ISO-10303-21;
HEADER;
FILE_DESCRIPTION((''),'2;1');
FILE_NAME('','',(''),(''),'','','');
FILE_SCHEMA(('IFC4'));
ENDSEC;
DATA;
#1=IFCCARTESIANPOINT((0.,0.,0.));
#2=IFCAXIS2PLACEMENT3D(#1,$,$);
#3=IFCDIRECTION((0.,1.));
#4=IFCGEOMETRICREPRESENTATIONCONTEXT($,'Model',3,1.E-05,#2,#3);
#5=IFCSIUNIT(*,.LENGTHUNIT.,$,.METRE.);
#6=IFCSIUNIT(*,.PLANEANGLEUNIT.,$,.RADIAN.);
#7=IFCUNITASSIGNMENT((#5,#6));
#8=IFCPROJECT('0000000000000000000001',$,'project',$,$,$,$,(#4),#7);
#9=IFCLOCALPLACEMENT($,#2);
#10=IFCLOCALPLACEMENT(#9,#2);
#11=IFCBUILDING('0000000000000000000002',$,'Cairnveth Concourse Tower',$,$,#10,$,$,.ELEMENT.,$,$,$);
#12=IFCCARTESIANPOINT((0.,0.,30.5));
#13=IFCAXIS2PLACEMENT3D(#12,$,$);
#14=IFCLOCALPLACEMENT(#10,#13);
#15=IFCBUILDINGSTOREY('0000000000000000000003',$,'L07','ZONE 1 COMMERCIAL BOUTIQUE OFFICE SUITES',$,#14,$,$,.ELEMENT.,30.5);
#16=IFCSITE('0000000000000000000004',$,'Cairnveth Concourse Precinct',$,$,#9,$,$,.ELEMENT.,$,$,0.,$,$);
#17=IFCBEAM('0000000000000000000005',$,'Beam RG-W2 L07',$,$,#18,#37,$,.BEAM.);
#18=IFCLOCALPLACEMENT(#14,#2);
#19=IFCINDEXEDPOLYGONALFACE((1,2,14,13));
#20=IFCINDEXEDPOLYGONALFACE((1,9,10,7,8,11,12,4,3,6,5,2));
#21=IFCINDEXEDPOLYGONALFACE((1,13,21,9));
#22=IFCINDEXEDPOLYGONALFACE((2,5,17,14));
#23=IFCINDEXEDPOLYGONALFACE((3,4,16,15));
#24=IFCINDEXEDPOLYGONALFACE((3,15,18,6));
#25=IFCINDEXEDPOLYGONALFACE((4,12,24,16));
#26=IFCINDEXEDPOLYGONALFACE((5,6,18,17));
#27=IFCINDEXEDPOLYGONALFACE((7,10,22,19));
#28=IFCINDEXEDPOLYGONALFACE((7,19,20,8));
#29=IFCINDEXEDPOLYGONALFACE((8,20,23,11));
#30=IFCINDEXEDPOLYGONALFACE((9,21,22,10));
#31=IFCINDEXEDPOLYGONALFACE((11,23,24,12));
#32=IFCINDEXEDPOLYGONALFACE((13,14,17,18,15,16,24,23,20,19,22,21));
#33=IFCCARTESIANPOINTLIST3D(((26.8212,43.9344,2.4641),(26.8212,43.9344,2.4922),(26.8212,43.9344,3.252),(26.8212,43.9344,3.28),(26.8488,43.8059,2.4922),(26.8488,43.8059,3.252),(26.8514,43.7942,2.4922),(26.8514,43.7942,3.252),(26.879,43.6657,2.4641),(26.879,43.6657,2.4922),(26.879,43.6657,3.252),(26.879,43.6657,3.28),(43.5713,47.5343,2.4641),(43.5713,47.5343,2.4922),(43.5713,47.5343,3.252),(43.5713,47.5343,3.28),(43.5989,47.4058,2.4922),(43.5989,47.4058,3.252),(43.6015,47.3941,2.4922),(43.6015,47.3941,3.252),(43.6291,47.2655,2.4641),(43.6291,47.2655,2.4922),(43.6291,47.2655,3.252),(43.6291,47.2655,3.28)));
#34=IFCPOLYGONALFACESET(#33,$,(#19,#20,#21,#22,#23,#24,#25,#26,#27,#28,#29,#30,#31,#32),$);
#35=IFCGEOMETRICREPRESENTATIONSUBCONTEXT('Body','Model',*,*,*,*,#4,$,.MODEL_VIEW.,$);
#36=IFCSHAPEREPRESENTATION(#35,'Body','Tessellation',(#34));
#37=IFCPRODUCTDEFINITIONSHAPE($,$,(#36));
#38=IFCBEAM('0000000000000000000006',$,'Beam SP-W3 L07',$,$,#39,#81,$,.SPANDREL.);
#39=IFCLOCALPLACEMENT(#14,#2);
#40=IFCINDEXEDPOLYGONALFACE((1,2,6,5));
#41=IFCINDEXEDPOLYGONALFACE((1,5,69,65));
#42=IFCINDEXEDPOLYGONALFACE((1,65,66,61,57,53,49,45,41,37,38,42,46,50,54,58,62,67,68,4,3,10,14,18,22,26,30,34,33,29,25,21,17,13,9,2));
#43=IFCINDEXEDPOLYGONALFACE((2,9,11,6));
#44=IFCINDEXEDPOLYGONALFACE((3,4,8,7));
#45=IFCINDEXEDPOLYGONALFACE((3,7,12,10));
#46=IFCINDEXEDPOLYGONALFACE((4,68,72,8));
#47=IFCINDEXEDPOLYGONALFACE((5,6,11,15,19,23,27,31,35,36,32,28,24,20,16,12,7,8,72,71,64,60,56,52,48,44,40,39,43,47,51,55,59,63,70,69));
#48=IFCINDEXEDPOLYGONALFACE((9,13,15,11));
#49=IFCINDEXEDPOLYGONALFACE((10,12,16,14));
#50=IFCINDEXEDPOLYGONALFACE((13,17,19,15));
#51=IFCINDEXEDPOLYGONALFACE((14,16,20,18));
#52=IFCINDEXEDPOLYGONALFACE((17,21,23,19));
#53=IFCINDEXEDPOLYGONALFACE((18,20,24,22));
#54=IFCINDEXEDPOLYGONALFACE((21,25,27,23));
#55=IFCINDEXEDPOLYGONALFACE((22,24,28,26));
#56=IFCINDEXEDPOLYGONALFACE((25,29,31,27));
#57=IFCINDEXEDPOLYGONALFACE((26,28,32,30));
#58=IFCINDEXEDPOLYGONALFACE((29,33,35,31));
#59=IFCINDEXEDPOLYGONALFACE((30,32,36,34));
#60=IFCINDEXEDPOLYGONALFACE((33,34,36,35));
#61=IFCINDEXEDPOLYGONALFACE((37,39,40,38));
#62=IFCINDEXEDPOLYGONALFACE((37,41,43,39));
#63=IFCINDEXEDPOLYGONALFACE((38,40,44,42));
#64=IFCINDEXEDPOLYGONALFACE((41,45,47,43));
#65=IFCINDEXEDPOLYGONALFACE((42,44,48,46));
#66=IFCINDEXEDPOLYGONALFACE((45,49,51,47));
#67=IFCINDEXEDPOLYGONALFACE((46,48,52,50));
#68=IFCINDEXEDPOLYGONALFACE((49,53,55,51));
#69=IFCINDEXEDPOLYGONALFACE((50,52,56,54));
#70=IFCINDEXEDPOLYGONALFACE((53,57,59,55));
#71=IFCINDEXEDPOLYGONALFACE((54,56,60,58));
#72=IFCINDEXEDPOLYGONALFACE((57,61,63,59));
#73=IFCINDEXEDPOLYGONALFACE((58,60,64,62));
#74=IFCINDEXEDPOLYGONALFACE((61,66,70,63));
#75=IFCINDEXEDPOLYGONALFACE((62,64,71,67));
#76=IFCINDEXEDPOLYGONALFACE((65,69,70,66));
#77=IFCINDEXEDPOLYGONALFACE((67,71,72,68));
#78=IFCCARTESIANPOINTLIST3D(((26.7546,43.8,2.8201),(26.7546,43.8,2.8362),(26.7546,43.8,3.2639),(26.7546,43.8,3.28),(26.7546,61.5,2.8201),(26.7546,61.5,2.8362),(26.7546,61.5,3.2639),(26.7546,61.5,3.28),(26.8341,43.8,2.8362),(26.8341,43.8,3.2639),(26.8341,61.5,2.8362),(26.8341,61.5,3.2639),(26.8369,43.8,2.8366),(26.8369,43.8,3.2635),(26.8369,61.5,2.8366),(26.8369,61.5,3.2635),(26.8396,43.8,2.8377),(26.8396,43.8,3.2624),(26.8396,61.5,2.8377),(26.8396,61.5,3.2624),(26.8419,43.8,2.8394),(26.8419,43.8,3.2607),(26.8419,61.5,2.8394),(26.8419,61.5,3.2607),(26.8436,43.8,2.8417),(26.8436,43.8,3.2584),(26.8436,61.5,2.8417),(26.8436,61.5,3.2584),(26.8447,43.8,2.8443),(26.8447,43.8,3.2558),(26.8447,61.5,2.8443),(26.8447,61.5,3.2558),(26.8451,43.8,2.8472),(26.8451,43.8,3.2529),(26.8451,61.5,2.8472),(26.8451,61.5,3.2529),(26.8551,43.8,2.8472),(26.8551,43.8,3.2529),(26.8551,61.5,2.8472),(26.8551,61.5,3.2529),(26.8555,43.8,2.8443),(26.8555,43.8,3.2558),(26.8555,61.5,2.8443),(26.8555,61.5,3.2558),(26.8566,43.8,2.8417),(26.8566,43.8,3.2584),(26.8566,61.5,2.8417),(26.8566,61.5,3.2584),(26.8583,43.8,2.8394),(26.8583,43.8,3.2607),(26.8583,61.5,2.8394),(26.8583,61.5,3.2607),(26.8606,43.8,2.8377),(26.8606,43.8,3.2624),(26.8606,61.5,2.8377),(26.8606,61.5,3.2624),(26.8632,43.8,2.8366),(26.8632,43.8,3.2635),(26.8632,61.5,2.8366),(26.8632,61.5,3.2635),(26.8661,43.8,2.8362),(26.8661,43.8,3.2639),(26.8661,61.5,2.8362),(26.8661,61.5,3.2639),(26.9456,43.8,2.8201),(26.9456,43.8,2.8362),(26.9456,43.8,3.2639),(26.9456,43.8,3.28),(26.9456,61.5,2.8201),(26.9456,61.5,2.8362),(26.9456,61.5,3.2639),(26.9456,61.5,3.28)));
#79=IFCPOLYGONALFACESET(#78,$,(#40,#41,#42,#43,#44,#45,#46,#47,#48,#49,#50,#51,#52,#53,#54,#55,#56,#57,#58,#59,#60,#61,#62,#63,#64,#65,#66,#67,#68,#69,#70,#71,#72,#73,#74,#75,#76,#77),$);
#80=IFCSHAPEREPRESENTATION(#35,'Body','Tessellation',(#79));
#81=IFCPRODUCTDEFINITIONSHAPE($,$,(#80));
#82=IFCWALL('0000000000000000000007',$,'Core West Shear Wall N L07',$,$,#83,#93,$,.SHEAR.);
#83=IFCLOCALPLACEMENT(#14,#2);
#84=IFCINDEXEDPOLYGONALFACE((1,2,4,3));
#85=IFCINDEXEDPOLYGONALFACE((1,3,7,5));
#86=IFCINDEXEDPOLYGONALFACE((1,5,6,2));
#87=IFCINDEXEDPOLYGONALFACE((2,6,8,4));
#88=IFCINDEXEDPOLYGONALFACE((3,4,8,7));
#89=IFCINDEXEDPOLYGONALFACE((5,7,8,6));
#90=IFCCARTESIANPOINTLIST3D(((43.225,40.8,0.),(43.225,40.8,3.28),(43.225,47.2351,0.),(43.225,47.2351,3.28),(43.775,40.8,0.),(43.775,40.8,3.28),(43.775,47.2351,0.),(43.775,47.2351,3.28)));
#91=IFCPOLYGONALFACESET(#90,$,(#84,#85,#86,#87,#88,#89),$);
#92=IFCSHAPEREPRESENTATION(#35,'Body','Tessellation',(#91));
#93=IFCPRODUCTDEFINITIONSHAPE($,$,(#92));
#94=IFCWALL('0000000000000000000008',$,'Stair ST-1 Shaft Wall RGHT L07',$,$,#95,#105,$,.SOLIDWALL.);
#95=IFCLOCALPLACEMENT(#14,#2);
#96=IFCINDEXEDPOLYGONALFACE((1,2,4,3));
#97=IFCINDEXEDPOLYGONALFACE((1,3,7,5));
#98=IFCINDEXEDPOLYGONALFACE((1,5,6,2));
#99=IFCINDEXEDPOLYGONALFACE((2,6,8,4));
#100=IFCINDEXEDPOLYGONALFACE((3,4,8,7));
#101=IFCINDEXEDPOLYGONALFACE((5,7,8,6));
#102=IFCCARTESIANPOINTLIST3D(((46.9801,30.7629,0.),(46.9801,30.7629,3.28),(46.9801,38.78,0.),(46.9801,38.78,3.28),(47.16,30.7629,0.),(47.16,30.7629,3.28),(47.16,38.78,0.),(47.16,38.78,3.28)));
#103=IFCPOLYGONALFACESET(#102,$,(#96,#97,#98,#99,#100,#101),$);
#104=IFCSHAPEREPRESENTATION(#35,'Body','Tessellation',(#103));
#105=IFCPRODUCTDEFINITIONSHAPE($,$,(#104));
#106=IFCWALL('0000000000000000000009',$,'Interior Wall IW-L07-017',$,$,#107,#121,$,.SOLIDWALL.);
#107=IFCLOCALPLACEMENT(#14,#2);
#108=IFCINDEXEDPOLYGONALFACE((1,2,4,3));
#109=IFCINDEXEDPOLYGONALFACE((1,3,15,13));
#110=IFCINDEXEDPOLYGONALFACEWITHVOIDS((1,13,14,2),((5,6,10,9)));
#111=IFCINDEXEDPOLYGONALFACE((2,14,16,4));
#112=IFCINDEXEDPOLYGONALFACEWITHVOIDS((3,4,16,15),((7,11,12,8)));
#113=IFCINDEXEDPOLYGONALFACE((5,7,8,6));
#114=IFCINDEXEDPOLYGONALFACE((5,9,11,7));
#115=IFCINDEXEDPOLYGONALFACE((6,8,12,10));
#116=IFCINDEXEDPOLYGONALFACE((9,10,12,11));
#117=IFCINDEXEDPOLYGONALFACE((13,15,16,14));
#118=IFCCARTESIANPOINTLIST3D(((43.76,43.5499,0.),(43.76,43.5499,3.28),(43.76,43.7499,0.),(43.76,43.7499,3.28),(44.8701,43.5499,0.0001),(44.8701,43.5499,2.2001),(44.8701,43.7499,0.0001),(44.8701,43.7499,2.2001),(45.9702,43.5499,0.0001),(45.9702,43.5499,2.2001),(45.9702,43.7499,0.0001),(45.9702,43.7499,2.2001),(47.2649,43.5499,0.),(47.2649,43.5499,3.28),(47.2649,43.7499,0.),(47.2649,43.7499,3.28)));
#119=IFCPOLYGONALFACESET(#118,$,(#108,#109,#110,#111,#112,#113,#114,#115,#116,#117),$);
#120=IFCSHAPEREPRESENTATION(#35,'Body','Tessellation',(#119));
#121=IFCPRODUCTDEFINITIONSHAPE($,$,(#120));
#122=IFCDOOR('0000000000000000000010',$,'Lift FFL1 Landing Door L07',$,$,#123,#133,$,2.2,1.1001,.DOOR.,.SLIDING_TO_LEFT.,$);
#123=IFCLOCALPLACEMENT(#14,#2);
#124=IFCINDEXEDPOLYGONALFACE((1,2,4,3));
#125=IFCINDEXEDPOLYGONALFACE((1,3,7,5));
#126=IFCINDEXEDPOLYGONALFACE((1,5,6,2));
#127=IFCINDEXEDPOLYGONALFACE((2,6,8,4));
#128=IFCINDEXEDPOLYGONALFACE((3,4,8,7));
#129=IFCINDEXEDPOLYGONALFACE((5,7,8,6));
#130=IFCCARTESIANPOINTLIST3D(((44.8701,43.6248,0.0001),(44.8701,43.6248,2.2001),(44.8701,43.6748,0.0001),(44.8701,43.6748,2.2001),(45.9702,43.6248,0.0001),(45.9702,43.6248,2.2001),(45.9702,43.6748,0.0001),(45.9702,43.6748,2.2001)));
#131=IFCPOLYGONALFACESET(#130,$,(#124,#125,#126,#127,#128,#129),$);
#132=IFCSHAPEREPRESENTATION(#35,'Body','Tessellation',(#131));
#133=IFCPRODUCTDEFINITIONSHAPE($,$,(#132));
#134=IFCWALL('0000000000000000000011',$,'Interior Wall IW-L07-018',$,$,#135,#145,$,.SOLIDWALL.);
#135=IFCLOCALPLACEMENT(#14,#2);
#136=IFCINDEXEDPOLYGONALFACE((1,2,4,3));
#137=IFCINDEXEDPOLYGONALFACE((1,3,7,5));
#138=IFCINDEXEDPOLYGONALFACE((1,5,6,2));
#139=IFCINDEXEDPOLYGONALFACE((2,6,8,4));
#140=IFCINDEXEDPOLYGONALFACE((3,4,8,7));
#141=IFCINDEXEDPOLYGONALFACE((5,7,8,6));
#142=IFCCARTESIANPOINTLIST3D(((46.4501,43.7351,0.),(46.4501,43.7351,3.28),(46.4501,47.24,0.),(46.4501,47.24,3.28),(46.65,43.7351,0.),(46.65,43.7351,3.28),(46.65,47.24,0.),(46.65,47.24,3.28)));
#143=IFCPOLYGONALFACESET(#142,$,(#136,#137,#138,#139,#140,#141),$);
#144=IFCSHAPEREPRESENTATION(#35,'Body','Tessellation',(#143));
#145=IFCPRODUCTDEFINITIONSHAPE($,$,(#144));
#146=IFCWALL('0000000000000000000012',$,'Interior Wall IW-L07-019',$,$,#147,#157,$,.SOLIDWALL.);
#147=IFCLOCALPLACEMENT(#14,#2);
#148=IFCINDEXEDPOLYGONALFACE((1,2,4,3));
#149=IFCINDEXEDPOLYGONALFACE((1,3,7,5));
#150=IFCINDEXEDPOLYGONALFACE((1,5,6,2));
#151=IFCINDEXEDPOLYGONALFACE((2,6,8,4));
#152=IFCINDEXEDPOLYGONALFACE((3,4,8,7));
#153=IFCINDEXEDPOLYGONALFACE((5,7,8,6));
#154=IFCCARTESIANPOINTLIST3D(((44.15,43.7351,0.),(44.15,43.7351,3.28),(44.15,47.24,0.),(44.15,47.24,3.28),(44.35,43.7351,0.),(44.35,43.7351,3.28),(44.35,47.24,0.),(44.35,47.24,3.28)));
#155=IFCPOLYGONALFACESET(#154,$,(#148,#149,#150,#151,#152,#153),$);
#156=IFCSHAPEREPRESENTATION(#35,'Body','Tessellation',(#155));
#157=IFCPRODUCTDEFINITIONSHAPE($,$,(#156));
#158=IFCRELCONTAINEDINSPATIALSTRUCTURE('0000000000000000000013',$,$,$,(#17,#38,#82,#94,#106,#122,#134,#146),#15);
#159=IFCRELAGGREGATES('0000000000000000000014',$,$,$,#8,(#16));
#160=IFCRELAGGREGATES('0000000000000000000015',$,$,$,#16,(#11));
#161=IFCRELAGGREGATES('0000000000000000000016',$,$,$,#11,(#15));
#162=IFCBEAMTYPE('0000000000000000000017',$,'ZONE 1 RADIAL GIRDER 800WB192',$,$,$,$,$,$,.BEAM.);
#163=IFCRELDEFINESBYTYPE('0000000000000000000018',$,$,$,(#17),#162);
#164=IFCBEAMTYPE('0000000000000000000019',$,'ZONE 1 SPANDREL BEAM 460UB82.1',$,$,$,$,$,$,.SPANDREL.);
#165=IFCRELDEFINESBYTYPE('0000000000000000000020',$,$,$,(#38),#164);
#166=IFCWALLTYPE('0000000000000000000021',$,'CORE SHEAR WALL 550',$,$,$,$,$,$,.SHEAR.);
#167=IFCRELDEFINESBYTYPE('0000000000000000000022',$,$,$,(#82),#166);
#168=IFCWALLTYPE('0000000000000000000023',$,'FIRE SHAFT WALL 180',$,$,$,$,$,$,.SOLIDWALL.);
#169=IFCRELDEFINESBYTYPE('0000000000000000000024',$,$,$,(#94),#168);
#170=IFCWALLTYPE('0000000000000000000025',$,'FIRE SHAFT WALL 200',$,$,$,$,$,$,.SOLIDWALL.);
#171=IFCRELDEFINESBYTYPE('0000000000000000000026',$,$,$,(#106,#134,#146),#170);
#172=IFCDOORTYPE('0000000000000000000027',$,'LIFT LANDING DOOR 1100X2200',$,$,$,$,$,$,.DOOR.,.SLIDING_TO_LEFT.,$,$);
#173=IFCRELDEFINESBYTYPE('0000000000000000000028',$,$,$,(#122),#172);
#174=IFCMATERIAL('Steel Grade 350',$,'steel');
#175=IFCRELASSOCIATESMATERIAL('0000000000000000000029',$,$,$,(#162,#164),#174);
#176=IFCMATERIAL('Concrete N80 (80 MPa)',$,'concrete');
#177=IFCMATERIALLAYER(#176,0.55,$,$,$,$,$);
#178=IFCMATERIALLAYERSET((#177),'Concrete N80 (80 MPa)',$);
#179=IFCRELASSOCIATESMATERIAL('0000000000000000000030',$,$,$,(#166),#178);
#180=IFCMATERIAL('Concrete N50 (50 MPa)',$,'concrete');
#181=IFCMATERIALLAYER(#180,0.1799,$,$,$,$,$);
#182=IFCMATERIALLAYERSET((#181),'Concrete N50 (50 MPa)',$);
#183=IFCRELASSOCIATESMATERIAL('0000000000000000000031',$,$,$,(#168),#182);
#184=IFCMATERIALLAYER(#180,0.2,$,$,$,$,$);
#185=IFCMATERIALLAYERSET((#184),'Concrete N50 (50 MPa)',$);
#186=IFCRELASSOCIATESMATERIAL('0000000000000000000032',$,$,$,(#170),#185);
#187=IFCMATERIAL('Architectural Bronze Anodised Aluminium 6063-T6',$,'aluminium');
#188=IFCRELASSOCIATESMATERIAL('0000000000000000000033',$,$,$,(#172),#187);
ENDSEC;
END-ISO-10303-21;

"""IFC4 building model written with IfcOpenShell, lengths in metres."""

from ifc_helpers import new_model, si_unit, direction, frame, frame_2d, origin, origin_2d, place, context, subcontext, project, spatial, rectangle, i_section, extrude, material, layer, layer_set, material_profile, profile_set, type_object, element, fill, save


model = new_model("IFC4")

# Units and contexts
model_context = context("Model", 3, precision=1e-05, world=origin(), true_north=direction((0.0, 1.0)))
body_context = subcontext(model_context, "Body", "Model", "MODEL_VIEW")
ifc_project = project(units=[si_unit("LENGTHUNIT", "METRE"), si_unit("PLANEANGLEUNIT", "RADIAN")], contexts=[model_context])

# Site, building, storey
site_placement = place(None, origin())
site = spatial("IfcSite", under=ifc_project, at=site_placement, Name="Cairnveth Concourse Precinct", CompositionType="ELEMENT", RefElevation=0.0)
building_placement = place(site_placement, origin())
building = spatial("IfcBuilding", under=site, at=building_placement, Name="Cairnveth Concourse Tower", CompositionType="ELEMENT")
storey_placement = place(building_placement, frame((0.0, 0.0, 30.5)))
storey = spatial("IfcBuildingStorey", under=building, at=storey_placement, Name="L07", Description="ZONE 1 COMMERCIAL BOUTIQUE OFFICE SUITES", CompositionType="ELEMENT", Elevation=30.5)

# Shared definitions
ifc_material_1 = material(Name="Concrete N80 (80 MPa)", Category="concrete")

# Beams
ifc_material_2 = material(Name="Steel Grade 350", Category="steel")
ifc_material_profile_1 = material_profile(ifc_material_2, i_section(OverallWidth=0.2749, OverallDepth=0.8159, WebThickness=0.012, FlangeThickness=0.0281, at=origin_2d()), Name="800WB192")
ifc_profile_set_1 = profile_set([ifc_material_profile_1], Name="Steel Grade 350")
beam_type_1 = type_object("IfcBeamType", Name="ZONE 1 RADIAL GIRDER 800WB192", PredefinedType="BEAM", material=ifc_profile_set_1)
beam_1_placement = place(storey_placement, frame((26.8501, 43.8, 2.8721), z_axis=(0.977676, 0.210119, 0.0), x_axis=(-0.210119, 0.977676, 0.0)))
element("IfcBeam", 1, at=beam_1_placement, inside=storey, type_object=beam_type_1, Name="Beam RG-W2 L07", PredefinedType="BEAM", context=body_context, shape_type="SweptSolid", body=[
    extrude(i_section(OverallWidth=0.2749, OverallDepth=0.8159, WebThickness=0.012, FlangeThickness=0.0281, at=origin_2d()), origin(), (0.0, 0.0, 1.0), 17.1326),
])
ifc_material_profile_2 = material_profile(ifc_material_2, i_section(OverallWidth=0.1909, OverallDepth=0.46, WebThickness=0.01, FlangeThickness=0.0161, FilletRadius=0.011, at=origin_2d()), Name="460UB82.1")
ifc_profile_set_2 = profile_set([ifc_material_profile_2], Name="Steel Grade 350")
beam_type_2 = type_object("IfcBeamType", Name="ZONE 1 SPANDREL BEAM 460UB82.1", PredefinedType="SPANDREL", material=ifc_profile_set_2)
beam_2_placement = place(storey_placement, frame((26.8501, 43.8, 3.05), z_axis=(0.0, 1.0, 0.0), x_axis=(-1.0, 0.0, 0.0)))
element("IfcBeam", 2, at=beam_2_placement, inside=storey, type_object=beam_type_2, Name="Beam SP-W3 L07", PredefinedType="SPANDREL", context=body_context, shape_type="SweptSolid", body=[
    extrude(i_section(OverallWidth=0.1909, OverallDepth=0.46, WebThickness=0.01, FlangeThickness=0.0161, FilletRadius=0.011, at=origin_2d()), origin(), (0.0, 0.0, 1.0), 17.7),
])

# Wall
ifc_layer_1 = layer(ifc_material_1, 0.55)
ifc_layer_set_1 = layer_set([ifc_layer_1], Name="Concrete N80 (80 MPa)")
wall_type_1 = type_object("IfcWallType", Name="CORE SHEAR WALL 550", PredefinedType="SHEAR", material=ifc_layer_set_1)
wall_1_placement = place(storey_placement, frame((43.5, 40.8, 0.0), z_axis=(0.0, 0.0, 1.0), x_axis=(0.0, 1.0, 0.0)))
element("IfcWall", 3, at=wall_1_placement, inside=storey, type_object=wall_type_1, Name="Core West Shear Wall N L07", PredefinedType="SHEAR", context=body_context, shape_type="SweptSolid", body=[
    extrude(rectangle(XDim=6.4351, YDim=0.55, at=frame_2d((3.2175, 0.0))), origin(), (0.0, 0.0, 1.0), 3.28),
])

# Shared definitions
ifc_material_3 = material(Name="Concrete N50 (50 MPa)", Category="concrete")
ifc_layer_2 = layer(ifc_material_3, 0.1799)
ifc_layer_set_2 = layer_set([ifc_layer_2], Name="Concrete N50 (50 MPa)")
wall_type_2 = type_object("IfcWallType", Name="FIRE SHAFT WALL 180", PredefinedType="SOLIDWALL", material=ifc_layer_set_2)

# Wall
wall_2_placement = place(storey_placement, frame((47.0701, 38.78, 0.0), z_axis=(0.0, 0.0, 1.0), x_axis=(0.0, -1.0, 0.0)))
element("IfcWall", 4, at=wall_2_placement, inside=storey, type_object=wall_type_2, Name="Stair ST-1 Shaft Wall RGHT L07", PredefinedType="SOLIDWALL", context=body_context, shape_type="SweptSolid", body=[
    extrude(rectangle(XDim=8.0171, YDim=0.1799, at=frame_2d((4.0085, 0.0))), origin(), (0.0, 0.0, 1.0), 3.28),
])

# Wall, opening, door
ifc_layer_3 = layer(ifc_material_3, 0.2)
ifc_layer_set_3 = layer_set([ifc_layer_3], Name="Concrete N50 (50 MPa)")
wall_type_3 = type_object("IfcWallType", Name="FIRE SHAFT WALL 200", PredefinedType="SOLIDWALL", material=ifc_layer_set_3)
wall_3_placement = place(storey_placement, frame((43.76, 43.6499, 0.0), z_axis=(0.0, 0.0, 1.0), x_axis=(1.0, 0.0, 0.0)))
wall_3 = element("IfcWall", 5, at=wall_3_placement, inside=storey, type_object=wall_type_3, Name="Interior Wall IW-L07-017", PredefinedType="SOLIDWALL", context=body_context, shape_type="SweptSolid", body=[
    extrude(rectangle(XDim=3.5049, YDim=0.2, at=frame_2d((1.7524, 0.0))), origin(), (0.0, 0.0, 1.0), 3.28),
])
opening_1_placement = place(wall_3_placement, frame((1.1101, 0.0, 0.0)))
opening_1 = element("IfcOpeningElement", 6, at=opening_1_placement, cuts=wall_3, PredefinedType="OPENING", context=body_context, shape_type="SweptSolid", body=[
    extrude(rectangle(XDim=1.1001, YDim=2.2, at=frame_2d((0.55, 1.1001))), frame((0.0, 0.1099, 0.0), z_axis=(0.0, -1.0, 0.0), x_axis=(1.0, 0.0, 0.0)), (0.0, 0.0, 1.0), 0.22),
])
ifc_material_4 = material(Name="Architectural Bronze Anodised Aluminium 6063-T6", Category="aluminium")
door_type_1 = type_object("IfcDoorType", Name="LIFT LANDING DOOR 1100X2200", OperationType="SLIDING_TO_LEFT", PredefinedType="DOOR", material=ifc_material_4)
door_1_placement = place(opening_1_placement, origin())
door_1 = element("IfcDoor", 7, at=door_1_placement, inside=storey, type_object=door_type_1, Name="Lift FFL1 Landing Door L07", OperationType="SLIDING_TO_LEFT", OverallHeight=2.2, OverallWidth=1.1001, PredefinedType="DOOR", context=body_context, shape_type="SweptSolid", body=[
    extrude(rectangle(XDim=1.1001, YDim=2.2, at=frame_2d((0.55, 1.1001))), frame((0.0, 0.0249, 0.0), z_axis=(0.0, -1.0, 0.0), x_axis=(1.0, 0.0, 0.0)), (0.0, 0.0, 1.0), 0.05),
])
fill(opening_1, door_1)

# Walls
for number, where, z_axis, x_axis, name in (
    (8, (46.55, 43.7351, 0.0), (0.0, 0.0, 1.0), (0.0, 1.0, 0.0), "Interior Wall IW-L07-018"),
    (9, (44.25, 43.7351, 0.0), (0.0, 0.0, 1.0), (0.0, 1.0, 0.0), "Interior Wall IW-L07-019"),
):
    element("IfcWall", number, at=place(storey_placement, frame(where, z_axis=z_axis, x_axis=x_axis)), inside=storey, type_object=wall_type_3, Name=name, PredefinedType="SOLIDWALL", context=body_context, shape_type="SweptSolid", body=[
        extrude(rectangle(XDim=3.5049, YDim=0.2, at=frame_2d((1.7524, 0.0))), origin(), (0.0, 0.0, 1.0), 3.28),
    ])

save(model, "model.ifc")
